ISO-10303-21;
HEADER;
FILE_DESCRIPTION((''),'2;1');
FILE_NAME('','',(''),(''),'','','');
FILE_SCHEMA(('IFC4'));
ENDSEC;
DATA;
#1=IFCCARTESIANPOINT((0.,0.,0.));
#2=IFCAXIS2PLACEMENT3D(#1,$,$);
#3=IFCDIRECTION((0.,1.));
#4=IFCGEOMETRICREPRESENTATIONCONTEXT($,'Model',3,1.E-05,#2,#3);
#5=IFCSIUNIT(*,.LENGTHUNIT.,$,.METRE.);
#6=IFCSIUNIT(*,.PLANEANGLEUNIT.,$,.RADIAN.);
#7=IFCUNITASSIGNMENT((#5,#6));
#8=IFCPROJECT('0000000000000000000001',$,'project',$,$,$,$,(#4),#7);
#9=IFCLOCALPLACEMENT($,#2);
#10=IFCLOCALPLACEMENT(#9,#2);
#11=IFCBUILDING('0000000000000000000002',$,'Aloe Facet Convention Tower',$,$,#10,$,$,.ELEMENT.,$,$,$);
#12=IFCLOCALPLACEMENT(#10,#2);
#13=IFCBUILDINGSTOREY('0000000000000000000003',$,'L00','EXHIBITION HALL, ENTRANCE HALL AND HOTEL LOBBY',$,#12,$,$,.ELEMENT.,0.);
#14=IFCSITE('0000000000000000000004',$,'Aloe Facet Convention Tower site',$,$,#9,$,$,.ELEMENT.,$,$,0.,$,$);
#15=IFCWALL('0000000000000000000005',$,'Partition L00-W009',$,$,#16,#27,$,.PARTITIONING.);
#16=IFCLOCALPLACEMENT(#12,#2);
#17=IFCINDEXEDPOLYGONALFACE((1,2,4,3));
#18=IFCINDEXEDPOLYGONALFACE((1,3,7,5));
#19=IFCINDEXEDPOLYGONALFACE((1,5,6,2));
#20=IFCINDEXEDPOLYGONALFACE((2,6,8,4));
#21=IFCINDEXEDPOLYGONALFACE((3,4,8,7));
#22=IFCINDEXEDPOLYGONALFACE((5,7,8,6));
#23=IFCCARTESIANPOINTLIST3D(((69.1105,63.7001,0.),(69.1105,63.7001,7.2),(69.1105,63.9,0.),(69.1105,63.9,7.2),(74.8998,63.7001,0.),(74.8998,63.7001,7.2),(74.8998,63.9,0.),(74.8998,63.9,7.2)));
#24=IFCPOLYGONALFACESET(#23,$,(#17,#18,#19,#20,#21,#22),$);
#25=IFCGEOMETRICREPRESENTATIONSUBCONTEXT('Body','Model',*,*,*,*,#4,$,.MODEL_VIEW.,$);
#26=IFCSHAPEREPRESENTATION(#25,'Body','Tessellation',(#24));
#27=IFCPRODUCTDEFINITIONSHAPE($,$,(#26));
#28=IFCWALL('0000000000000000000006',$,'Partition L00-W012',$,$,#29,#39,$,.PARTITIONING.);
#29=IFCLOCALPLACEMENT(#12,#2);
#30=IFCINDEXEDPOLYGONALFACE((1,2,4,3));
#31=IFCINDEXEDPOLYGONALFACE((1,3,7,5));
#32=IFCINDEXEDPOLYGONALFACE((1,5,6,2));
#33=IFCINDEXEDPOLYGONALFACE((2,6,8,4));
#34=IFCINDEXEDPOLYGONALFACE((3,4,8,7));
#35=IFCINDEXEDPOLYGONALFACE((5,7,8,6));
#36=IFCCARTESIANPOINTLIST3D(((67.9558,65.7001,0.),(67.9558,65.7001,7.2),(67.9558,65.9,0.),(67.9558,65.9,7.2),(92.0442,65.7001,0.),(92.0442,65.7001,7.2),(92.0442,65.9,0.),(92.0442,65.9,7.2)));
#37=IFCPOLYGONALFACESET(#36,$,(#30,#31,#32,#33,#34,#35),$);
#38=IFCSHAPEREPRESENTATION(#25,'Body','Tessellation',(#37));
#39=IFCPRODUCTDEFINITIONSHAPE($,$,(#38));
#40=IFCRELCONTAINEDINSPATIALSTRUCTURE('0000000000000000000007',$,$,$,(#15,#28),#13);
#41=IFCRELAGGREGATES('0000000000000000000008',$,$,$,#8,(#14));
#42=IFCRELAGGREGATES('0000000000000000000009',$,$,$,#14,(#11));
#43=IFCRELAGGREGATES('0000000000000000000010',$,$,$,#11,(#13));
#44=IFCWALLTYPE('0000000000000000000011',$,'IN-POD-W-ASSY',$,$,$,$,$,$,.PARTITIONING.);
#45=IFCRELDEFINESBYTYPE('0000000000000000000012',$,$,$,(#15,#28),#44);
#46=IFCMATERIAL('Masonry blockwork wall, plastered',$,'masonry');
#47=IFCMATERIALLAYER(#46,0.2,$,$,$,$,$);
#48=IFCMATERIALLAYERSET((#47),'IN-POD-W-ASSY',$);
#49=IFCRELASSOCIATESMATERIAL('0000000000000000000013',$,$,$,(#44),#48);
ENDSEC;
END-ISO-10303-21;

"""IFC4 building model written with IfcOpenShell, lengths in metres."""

from ifc_helpers import new_model, si_unit, direction, frame, frame_2d, origin, place, context, subcontext, project, spatial, rectangle, extrude, material, layer, layer_set, type_object, element, save


model = new_model("IFC4")

# Units and contexts
model_context = context("Model", 3, precision=1e-05, world=origin(), true_north=direction((0.0, 1.0)))
body_context = subcontext(model_context, "Body", "Model", "MODEL_VIEW")
ifc_project = project(units=[si_unit("LENGTHUNIT", "METRE"), si_unit("PLANEANGLEUNIT", "RADIAN")], contexts=[model_context])

# Site, building, storey
site_placement = place(None, origin())
site = spatial("IfcSite", under=ifc_project, at=site_placement, Name="Aloe Facet Convention Tower site", CompositionType="ELEMENT", RefElevation=0.0)
building_placement = place(site_placement, origin())
building = spatial("IfcBuilding", under=site, at=building_placement, Name="Aloe Facet Convention Tower", CompositionType="ELEMENT")
storey_placement = place(building_placement, origin())
storey = spatial("IfcBuildingStorey", under=building, at=storey_placement, Name="L00", Description="EXHIBITION HALL, ENTRANCE HALL AND HOTEL LOBBY", CompositionType="ELEMENT", Elevation=0.0)

# Shared definitions
ifc_material_1 = material(Name="Masonry blockwork wall, plastered", Category="masonry")
ifc_layer_1 = layer(ifc_material_1, 0.2)
ifc_layer_set_1 = layer_set([ifc_layer_1], Name="IN-POD-W-ASSY")
wall_type_1 = type_object("IfcWallType", Name="IN-POD-W-ASSY", PredefinedType="PARTITIONING", material=ifc_layer_set_1)

# Walls
wall_1_placement = place(storey_placement, frame((69.1106, 63.8, 0.0), z_axis=(0.0, 0.0, 1.0), x_axis=(1.0, 0.0, 0.0)))
element("IfcWall", 1, at=wall_1_placement, inside=storey, type_object=wall_type_1, Name="Partition L00-W009", PredefinedType="PARTITIONING", context=body_context, shape_type="SweptSolid", body=[
    extrude(rectangle(XDim=5.7893, YDim=0.2, at=frame_2d((2.8945, 0.0))), origin(), (0.0, 0.0, 1.0), 7.2),
])
wall_2_placement = place(storey_placement, frame((67.9558, 65.8, 0.0), z_axis=(0.0, 0.0, 1.0), x_axis=(1.0, 0.0, 0.0)))
element("IfcWall", 2, at=wall_2_placement, inside=storey, type_object=wall_type_1, Name="Partition L00-W012", PredefinedType="PARTITIONING", context=body_context, shape_type="SweptSolid", body=[
    extrude(rectangle(XDim=24.0884, YDim=0.2, at=frame_2d((12.0442, 0.0))), origin(), (0.0, 0.0, 1.0), 7.2),
])

save(model, "model.ifc")
